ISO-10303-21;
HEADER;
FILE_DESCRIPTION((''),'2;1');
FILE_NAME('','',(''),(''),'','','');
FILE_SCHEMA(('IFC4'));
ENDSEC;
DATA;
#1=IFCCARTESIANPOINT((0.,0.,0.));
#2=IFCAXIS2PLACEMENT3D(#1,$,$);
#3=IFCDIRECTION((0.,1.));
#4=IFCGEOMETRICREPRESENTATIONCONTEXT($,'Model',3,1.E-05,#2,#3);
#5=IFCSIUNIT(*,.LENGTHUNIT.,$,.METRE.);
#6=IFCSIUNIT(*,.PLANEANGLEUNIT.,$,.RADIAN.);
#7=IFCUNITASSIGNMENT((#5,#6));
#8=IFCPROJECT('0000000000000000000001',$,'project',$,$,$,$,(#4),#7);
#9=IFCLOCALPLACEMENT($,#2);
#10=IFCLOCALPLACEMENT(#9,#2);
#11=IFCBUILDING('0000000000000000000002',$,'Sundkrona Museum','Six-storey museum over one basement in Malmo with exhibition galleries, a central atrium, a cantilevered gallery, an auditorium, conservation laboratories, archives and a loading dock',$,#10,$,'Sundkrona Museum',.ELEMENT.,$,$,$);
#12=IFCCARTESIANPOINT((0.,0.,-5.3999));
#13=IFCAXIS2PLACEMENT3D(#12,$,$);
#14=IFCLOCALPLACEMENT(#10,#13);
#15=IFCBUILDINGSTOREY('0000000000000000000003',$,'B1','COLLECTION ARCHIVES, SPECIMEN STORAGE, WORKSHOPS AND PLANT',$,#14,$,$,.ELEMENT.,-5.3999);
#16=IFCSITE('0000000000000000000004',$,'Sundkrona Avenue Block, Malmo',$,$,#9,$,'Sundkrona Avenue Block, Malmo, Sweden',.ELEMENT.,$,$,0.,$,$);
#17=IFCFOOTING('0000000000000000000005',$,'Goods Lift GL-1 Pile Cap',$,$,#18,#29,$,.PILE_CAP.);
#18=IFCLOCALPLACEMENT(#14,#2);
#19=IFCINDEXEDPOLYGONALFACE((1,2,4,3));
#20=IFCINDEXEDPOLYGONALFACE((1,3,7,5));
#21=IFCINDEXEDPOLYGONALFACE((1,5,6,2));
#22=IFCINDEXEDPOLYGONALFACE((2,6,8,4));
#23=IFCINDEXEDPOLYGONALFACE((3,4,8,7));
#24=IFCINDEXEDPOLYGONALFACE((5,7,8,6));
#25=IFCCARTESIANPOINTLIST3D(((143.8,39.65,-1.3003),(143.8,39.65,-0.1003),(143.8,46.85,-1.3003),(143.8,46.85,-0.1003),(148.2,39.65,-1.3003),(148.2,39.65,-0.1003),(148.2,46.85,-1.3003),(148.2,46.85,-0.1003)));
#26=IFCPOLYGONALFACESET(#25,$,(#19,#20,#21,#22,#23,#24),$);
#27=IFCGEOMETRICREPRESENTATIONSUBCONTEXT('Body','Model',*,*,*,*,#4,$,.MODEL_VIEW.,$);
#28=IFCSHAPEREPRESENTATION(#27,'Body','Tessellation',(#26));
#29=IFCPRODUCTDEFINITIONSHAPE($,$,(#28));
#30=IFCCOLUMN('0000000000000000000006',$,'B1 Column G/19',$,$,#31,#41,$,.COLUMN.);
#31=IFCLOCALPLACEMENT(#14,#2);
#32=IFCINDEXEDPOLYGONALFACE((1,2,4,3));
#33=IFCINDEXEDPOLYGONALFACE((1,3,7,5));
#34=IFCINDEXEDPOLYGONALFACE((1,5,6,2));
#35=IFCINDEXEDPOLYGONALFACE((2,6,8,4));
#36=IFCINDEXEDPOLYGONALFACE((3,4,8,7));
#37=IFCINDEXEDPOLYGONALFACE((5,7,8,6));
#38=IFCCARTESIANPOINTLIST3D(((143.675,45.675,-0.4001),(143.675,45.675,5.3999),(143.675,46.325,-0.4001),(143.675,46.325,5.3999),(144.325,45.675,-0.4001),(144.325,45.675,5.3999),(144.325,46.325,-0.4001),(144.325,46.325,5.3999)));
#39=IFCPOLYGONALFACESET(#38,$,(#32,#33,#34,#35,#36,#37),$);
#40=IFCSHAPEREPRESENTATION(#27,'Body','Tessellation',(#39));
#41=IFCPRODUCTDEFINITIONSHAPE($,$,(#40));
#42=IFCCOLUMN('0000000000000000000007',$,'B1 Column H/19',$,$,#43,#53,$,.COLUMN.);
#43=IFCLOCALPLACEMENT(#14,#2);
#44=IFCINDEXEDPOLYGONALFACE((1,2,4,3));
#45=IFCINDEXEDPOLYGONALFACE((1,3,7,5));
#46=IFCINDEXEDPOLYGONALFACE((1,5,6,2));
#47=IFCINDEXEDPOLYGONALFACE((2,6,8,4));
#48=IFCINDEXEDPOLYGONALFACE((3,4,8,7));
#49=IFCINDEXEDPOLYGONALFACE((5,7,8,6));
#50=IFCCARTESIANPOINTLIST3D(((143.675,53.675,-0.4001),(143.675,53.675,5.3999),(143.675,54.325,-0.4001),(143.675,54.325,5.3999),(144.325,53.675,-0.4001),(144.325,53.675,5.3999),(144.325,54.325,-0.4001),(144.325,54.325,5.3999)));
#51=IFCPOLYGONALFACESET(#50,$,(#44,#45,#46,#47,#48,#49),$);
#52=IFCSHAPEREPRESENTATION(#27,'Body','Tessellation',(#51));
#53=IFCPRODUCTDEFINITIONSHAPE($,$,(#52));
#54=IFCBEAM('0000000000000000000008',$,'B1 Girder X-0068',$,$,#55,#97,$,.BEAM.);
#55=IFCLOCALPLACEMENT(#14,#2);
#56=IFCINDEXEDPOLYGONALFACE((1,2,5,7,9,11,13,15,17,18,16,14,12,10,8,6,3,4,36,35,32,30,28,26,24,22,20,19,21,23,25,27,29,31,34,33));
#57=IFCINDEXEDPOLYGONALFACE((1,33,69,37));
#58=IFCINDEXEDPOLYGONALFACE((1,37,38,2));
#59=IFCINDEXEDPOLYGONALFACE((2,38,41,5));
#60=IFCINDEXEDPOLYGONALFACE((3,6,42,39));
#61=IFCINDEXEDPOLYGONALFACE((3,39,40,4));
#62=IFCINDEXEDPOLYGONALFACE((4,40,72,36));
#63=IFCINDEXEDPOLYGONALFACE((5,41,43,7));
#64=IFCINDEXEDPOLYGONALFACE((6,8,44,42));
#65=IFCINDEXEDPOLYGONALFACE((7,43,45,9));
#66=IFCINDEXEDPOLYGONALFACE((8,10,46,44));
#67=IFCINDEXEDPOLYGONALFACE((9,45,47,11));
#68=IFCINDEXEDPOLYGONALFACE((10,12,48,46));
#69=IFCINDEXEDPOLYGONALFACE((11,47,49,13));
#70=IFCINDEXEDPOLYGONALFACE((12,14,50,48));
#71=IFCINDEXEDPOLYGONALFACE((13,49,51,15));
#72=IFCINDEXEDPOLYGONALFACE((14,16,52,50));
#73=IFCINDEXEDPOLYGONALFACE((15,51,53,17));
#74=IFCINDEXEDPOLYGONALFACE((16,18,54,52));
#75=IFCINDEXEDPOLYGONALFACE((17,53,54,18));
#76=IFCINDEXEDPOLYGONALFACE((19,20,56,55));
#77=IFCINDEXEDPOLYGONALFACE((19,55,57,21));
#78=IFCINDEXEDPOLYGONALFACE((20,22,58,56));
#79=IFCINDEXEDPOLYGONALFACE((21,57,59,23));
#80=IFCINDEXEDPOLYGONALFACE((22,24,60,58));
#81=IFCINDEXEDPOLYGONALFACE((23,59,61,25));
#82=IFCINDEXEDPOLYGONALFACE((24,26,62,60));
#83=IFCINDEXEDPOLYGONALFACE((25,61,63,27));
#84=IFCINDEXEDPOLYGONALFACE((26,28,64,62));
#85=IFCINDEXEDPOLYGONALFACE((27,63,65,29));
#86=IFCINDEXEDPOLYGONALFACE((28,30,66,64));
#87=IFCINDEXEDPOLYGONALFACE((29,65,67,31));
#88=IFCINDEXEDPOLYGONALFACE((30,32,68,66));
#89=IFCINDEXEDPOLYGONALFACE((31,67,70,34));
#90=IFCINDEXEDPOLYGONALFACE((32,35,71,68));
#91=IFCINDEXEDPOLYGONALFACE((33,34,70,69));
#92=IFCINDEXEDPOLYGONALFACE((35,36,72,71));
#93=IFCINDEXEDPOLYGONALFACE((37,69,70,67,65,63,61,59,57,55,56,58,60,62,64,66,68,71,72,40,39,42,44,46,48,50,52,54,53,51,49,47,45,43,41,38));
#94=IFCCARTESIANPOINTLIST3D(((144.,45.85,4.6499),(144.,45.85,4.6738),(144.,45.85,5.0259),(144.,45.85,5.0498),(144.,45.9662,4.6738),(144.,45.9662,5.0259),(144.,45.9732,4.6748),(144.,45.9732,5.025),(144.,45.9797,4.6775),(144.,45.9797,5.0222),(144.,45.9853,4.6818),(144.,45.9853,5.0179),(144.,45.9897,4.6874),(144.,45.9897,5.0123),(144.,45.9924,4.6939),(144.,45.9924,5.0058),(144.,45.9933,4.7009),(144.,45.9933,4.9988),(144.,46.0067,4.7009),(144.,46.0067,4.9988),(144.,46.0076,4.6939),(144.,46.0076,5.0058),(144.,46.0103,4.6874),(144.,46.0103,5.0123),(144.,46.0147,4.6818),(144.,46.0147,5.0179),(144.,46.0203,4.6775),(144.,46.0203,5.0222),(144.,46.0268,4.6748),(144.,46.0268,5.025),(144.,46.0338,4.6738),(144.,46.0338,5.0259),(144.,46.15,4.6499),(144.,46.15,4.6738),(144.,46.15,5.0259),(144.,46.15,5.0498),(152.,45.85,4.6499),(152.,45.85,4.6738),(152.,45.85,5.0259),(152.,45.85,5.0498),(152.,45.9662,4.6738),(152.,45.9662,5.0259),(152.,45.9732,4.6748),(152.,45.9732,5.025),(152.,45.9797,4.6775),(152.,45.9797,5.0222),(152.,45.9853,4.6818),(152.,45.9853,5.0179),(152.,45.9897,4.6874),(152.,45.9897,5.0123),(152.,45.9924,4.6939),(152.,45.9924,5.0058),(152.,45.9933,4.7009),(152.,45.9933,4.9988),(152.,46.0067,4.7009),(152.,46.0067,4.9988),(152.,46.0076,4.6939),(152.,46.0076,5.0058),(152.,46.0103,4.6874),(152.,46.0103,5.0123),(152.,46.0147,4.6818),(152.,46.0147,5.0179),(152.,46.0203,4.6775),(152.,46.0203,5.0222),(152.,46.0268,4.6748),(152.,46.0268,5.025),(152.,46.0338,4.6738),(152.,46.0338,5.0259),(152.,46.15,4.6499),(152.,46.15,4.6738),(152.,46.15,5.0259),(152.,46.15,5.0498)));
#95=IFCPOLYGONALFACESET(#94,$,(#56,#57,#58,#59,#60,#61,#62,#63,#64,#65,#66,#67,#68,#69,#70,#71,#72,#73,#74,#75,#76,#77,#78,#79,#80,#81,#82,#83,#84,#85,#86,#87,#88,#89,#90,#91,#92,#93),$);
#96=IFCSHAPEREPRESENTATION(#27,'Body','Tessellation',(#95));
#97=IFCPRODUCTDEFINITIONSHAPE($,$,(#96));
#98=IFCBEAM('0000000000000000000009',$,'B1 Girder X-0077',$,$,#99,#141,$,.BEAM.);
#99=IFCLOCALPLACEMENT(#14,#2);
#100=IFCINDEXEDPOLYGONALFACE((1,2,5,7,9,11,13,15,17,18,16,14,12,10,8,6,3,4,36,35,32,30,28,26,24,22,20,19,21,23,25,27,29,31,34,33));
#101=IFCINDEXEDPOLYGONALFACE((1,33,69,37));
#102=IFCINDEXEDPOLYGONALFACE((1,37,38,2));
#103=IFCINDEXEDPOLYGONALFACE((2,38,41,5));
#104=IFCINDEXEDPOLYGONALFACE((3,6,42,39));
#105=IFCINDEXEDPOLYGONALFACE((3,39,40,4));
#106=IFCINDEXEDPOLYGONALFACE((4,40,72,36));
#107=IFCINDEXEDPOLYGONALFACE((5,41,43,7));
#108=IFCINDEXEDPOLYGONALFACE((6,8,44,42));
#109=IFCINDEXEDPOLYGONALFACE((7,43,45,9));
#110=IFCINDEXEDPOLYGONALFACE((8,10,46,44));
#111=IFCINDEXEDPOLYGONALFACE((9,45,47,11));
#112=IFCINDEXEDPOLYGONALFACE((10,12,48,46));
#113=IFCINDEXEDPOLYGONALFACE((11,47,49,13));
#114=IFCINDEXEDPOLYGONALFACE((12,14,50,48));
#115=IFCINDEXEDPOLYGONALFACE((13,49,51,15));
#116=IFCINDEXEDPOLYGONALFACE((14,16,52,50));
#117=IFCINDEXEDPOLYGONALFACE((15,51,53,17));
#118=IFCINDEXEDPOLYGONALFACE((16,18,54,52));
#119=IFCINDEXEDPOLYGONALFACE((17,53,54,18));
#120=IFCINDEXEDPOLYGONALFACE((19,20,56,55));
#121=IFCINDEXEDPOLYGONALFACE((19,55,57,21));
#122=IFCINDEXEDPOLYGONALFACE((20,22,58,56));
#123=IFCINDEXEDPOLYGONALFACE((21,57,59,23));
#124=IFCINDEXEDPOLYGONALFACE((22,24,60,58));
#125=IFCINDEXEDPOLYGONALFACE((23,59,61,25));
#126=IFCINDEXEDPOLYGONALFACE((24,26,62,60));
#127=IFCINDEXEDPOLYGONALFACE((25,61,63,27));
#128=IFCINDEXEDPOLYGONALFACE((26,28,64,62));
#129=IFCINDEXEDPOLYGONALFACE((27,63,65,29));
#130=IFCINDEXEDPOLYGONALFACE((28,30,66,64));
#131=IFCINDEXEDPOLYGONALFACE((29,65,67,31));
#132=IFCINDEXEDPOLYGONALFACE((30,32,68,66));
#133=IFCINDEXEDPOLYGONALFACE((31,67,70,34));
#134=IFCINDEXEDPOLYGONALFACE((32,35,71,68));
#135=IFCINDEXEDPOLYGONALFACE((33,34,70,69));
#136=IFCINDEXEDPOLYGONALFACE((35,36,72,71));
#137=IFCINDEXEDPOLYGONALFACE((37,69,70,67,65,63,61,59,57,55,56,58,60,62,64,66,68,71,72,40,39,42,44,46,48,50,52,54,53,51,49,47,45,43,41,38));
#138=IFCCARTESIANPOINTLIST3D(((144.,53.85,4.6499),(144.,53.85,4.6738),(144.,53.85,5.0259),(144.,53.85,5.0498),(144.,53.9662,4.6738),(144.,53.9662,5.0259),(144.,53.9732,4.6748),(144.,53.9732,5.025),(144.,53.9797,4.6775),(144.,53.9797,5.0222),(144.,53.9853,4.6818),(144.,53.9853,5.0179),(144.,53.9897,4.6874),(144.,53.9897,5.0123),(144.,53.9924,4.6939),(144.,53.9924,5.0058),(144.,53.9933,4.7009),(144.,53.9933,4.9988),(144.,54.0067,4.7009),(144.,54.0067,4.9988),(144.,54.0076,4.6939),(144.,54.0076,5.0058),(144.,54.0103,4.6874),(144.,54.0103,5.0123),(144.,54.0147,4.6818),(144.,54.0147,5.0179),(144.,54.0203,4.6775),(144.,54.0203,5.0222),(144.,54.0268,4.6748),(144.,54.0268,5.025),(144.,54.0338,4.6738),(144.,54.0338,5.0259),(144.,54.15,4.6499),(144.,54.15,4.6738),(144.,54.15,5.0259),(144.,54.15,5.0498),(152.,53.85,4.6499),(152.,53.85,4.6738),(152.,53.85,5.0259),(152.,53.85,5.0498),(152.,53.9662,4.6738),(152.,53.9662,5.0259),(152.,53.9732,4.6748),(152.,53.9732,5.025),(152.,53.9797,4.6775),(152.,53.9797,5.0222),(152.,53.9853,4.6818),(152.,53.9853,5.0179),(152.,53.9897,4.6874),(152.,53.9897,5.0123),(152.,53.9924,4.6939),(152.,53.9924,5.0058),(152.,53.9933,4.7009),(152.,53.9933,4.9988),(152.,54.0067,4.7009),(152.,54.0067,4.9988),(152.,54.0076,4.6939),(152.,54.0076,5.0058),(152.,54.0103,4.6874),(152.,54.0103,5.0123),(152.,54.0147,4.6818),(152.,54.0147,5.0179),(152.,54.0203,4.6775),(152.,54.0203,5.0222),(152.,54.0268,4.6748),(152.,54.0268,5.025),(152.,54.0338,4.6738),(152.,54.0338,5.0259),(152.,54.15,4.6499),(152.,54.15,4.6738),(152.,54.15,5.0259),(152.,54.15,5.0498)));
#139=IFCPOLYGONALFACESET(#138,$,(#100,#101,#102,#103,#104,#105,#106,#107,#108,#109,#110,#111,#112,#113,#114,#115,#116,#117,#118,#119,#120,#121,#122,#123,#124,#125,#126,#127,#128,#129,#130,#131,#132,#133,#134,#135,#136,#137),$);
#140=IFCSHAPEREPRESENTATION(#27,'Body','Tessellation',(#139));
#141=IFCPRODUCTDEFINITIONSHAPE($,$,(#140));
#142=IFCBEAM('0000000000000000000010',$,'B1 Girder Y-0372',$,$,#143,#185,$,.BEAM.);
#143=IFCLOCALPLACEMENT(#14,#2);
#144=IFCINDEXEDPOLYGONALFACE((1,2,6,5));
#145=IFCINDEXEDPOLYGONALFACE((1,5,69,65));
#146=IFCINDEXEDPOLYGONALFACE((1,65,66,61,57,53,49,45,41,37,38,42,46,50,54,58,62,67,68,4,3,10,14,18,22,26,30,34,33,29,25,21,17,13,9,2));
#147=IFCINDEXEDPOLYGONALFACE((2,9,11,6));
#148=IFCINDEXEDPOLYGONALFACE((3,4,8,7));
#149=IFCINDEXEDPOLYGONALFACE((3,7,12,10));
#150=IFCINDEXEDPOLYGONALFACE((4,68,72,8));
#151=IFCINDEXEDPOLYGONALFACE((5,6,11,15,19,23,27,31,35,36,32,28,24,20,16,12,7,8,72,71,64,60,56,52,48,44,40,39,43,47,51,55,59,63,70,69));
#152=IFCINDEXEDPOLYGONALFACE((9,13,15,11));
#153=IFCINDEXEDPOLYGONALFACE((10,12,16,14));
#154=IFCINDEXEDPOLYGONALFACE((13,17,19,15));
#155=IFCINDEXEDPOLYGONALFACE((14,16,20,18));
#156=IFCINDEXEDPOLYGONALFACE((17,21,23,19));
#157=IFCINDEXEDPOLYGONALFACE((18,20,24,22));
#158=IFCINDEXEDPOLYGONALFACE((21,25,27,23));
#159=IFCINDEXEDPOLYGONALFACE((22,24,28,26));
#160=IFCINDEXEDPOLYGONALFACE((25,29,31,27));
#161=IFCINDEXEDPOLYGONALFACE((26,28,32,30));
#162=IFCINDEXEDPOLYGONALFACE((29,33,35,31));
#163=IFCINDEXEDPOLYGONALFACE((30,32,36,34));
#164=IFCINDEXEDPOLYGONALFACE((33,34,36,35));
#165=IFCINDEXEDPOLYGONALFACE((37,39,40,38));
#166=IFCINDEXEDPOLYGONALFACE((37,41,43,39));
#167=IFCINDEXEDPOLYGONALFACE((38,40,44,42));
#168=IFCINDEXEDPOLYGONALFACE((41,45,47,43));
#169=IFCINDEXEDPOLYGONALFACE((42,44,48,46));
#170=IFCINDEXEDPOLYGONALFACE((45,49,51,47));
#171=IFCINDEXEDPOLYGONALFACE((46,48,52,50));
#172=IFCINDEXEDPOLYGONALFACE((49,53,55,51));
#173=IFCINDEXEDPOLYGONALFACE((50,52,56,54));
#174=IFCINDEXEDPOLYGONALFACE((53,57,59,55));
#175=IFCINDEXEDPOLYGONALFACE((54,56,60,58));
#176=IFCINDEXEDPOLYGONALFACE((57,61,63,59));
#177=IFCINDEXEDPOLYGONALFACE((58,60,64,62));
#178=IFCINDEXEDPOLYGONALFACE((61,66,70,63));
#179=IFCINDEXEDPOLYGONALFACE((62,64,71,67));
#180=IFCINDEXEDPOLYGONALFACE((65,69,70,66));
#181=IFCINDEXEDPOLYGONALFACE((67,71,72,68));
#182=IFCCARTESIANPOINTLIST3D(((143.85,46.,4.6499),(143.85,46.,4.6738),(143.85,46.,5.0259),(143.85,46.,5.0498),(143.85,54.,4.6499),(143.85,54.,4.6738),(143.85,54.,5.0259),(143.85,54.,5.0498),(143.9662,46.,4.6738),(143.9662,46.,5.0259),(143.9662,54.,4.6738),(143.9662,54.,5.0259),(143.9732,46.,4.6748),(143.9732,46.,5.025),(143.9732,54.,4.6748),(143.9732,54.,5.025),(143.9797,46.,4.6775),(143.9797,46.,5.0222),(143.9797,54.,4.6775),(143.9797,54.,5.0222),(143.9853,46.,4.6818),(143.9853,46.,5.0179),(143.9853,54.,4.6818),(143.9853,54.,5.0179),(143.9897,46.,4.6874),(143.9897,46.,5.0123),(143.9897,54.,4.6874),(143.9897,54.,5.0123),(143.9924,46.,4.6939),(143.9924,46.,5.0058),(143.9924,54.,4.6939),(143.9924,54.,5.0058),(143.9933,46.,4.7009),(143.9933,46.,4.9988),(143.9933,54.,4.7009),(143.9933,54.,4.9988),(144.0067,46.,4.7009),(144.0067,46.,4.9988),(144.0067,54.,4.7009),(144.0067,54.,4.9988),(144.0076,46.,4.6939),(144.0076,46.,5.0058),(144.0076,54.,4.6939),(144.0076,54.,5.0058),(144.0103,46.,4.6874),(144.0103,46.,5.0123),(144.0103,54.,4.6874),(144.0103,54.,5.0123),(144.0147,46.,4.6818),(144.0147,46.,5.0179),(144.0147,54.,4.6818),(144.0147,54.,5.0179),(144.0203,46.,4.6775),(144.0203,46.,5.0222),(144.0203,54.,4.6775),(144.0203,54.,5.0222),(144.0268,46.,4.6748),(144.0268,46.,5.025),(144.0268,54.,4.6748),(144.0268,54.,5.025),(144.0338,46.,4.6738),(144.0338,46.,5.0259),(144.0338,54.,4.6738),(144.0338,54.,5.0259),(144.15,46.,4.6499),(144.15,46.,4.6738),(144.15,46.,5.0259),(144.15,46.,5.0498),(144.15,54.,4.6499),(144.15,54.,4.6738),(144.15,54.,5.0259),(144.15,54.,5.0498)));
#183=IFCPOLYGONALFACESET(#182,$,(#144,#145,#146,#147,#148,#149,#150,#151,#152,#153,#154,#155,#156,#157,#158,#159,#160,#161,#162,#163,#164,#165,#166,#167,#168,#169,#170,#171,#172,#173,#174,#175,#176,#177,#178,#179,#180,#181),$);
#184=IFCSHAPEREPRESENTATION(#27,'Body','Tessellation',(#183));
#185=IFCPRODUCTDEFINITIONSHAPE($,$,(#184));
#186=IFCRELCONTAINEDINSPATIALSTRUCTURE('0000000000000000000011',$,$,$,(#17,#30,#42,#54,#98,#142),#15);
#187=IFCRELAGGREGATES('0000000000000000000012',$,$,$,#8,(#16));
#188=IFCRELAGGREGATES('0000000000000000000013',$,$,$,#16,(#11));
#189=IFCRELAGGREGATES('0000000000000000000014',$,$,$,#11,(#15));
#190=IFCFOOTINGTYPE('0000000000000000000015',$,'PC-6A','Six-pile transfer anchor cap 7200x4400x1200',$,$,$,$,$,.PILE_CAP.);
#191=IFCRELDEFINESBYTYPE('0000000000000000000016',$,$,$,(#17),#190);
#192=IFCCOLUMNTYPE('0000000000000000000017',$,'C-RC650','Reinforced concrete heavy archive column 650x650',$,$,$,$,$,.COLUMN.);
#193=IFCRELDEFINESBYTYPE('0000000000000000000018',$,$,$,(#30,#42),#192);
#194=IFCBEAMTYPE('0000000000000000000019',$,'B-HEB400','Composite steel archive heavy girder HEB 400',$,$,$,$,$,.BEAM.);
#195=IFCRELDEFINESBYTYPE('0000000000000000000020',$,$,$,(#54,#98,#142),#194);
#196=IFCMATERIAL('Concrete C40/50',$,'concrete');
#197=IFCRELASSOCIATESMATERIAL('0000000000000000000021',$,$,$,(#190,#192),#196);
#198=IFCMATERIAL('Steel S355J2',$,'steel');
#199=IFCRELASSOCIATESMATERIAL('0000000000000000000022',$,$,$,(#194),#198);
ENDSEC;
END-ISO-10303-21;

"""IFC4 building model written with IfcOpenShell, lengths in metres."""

from ifc_helpers import new_model, si_unit, direction, frame, origin, origin_2d, place, context, subcontext, project, spatial, rectangle, i_section, extrude, material, material_profile, profile_set, type_object, element, save


model = new_model("IFC4")

# Units and contexts
model_context = context("Model", 3, precision=1e-05, world=origin(), true_north=direction((0.0, 1.0)))
body_context = subcontext(model_context, "Body", "Model", "MODEL_VIEW")
ifc_project = project(units=[si_unit("LENGTHUNIT", "METRE"), si_unit("PLANEANGLEUNIT", "RADIAN")], contexts=[model_context])

# Site, building, storey
site_placement = place(None, origin())
site = spatial("IfcSite", under=ifc_project, at=site_placement, Name="Sundkrona Avenue Block, Malmo", LongName="Sundkrona Avenue Block, Malmo, Sweden", CompositionType="ELEMENT", RefElevation=0.0)
building_placement = place(site_placement, origin())
building = spatial("IfcBuilding", under=site, at=building_placement, Name="Sundkrona Museum", Description="Six-storey museum over one basement in Malmo with exhibition galleries, a central atrium, a cantilevered gallery, an auditorium, conservation laboratories, archives and a loading dock", LongName="Sundkrona Museum", CompositionType="ELEMENT")
storey_placement = place(building_placement, frame((0.0, 0.0, -5.3999)))
storey = spatial("IfcBuildingStorey", under=building, at=storey_placement, Name="B1", Description="COLLECTION ARCHIVES, SPECIMEN STORAGE, WORKSHOPS AND PLANT", CompositionType="ELEMENT", Elevation=-5.3999)

# Shared definitions
ifc_material_1 = material(Name="Concrete C40/50", Category="concrete")

# Footing
footing_type_1 = type_object("IfcFootingType", Name="PC-6A", Description="Six-pile transfer anchor cap 7200x4400x1200", PredefinedType="PILE_CAP", material=ifc_material_1)
footing_1_placement = place(storey_placement, frame((146.0, 43.25, -1.3003), z_axis=(0.0, 0.0, 1.0), x_axis=(0.0, 1.0, 0.0)))
element("IfcFooting", 1, at=footing_1_placement, inside=storey, type_object=footing_type_1, Name="Goods Lift GL-1 Pile Cap", PredefinedType="PILE_CAP", context=body_context, shape_type="SweptSolid", body=[
    extrude(rectangle(XDim=7.2, YDim=4.3999, at=origin_2d()), origin(), (0.0, 0.0, 1.0), 1.2),
])

# Columns
ifc_material_profile_1 = material_profile(ifc_material_1, rectangle(XDim=0.6499, YDim=0.6499, at=origin_2d()), Name="RC 650x650")
ifc_profile_set_1 = profile_set([ifc_material_profile_1], Name="Concrete C40/50")
column_type = type_object("IfcColumnType", Name="C-RC650", Description="Reinforced concrete heavy archive column 650x650", PredefinedType="COLUMN", material=ifc_profile_set_1)
for number, where, z_axis, x_axis, name in (
    (2, (144.0, 46.0, -0.4001), (0.0, 0.0, 1.0), (1.0, 0.0, 0.0), "B1 Column G/19"),
    (3, (144.0, 54.0, -0.4001), (0.0, 0.0, 1.0), (1.0, 0.0, 0.0), "B1 Column H/19"),
):
    element("IfcColumn", number, at=place(storey_placement, frame(where, z_axis=z_axis, x_axis=x_axis)), inside=storey, type_object=column_type, Name=name, PredefinedType="COLUMN", context=body_context, shape_type="SweptSolid", body=[
        extrude(rectangle(XDim=0.6499, YDim=0.6499, at=origin_2d()), origin(), (0.0, 0.0, 1.0), 5.8),
    ])

# Beams
ifc_material_2 = material(Name="Steel S355J2", Category="steel")
ifc_material_profile_2 = material_profile(ifc_material_2, i_section(OverallWidth=0.3, OverallDepth=0.3999, WebThickness=0.0134, FlangeThickness=0.0239, FilletRadius=0.0271, at=origin_2d()), Name="HEB 400")
ifc_profile_set_2 = profile_set([ifc_material_profile_2], Name="Steel S355J2")
beam_type_1 = type_object("IfcBeamType", Name="B-HEB400", Description="Composite steel archive heavy girder HEB 400", PredefinedType="BEAM", material=ifc_profile_set_2)
for number, where, z_axis, x_axis, name in (
    (4, (144.0, 46.0, 4.8499), (1.0, 0.0, 0.0), (0.0, 1.0, 0.0), "B1 Girder X-0068"),
    (5, (144.0, 54.0, 4.8499), (1.0, 0.0, 0.0), (0.0, 1.0, 0.0), "B1 Girder X-0077"),
    (6, (144.0, 46.0, 4.8499), (0.0, 1.0, 0.0), (-1.0, 0.0, 0.0), "B1 Girder Y-0372"),
):
    element("IfcBeam", number, at=place(storey_placement, frame(where, z_axis=z_axis, x_axis=x_axis)), inside=storey, type_object=beam_type_1, Name=name, PredefinedType="BEAM", context=body_context, shape_type="SweptSolid", body=[
        extrude(i_section(OverallWidth=0.3, OverallDepth=0.3999, WebThickness=0.0134, FlangeThickness=0.0239, FilletRadius=0.0271, at=origin_2d()), origin(), (0.0, 0.0, 1.0), 8.0),
    ])

save(model, "model.ifc")
